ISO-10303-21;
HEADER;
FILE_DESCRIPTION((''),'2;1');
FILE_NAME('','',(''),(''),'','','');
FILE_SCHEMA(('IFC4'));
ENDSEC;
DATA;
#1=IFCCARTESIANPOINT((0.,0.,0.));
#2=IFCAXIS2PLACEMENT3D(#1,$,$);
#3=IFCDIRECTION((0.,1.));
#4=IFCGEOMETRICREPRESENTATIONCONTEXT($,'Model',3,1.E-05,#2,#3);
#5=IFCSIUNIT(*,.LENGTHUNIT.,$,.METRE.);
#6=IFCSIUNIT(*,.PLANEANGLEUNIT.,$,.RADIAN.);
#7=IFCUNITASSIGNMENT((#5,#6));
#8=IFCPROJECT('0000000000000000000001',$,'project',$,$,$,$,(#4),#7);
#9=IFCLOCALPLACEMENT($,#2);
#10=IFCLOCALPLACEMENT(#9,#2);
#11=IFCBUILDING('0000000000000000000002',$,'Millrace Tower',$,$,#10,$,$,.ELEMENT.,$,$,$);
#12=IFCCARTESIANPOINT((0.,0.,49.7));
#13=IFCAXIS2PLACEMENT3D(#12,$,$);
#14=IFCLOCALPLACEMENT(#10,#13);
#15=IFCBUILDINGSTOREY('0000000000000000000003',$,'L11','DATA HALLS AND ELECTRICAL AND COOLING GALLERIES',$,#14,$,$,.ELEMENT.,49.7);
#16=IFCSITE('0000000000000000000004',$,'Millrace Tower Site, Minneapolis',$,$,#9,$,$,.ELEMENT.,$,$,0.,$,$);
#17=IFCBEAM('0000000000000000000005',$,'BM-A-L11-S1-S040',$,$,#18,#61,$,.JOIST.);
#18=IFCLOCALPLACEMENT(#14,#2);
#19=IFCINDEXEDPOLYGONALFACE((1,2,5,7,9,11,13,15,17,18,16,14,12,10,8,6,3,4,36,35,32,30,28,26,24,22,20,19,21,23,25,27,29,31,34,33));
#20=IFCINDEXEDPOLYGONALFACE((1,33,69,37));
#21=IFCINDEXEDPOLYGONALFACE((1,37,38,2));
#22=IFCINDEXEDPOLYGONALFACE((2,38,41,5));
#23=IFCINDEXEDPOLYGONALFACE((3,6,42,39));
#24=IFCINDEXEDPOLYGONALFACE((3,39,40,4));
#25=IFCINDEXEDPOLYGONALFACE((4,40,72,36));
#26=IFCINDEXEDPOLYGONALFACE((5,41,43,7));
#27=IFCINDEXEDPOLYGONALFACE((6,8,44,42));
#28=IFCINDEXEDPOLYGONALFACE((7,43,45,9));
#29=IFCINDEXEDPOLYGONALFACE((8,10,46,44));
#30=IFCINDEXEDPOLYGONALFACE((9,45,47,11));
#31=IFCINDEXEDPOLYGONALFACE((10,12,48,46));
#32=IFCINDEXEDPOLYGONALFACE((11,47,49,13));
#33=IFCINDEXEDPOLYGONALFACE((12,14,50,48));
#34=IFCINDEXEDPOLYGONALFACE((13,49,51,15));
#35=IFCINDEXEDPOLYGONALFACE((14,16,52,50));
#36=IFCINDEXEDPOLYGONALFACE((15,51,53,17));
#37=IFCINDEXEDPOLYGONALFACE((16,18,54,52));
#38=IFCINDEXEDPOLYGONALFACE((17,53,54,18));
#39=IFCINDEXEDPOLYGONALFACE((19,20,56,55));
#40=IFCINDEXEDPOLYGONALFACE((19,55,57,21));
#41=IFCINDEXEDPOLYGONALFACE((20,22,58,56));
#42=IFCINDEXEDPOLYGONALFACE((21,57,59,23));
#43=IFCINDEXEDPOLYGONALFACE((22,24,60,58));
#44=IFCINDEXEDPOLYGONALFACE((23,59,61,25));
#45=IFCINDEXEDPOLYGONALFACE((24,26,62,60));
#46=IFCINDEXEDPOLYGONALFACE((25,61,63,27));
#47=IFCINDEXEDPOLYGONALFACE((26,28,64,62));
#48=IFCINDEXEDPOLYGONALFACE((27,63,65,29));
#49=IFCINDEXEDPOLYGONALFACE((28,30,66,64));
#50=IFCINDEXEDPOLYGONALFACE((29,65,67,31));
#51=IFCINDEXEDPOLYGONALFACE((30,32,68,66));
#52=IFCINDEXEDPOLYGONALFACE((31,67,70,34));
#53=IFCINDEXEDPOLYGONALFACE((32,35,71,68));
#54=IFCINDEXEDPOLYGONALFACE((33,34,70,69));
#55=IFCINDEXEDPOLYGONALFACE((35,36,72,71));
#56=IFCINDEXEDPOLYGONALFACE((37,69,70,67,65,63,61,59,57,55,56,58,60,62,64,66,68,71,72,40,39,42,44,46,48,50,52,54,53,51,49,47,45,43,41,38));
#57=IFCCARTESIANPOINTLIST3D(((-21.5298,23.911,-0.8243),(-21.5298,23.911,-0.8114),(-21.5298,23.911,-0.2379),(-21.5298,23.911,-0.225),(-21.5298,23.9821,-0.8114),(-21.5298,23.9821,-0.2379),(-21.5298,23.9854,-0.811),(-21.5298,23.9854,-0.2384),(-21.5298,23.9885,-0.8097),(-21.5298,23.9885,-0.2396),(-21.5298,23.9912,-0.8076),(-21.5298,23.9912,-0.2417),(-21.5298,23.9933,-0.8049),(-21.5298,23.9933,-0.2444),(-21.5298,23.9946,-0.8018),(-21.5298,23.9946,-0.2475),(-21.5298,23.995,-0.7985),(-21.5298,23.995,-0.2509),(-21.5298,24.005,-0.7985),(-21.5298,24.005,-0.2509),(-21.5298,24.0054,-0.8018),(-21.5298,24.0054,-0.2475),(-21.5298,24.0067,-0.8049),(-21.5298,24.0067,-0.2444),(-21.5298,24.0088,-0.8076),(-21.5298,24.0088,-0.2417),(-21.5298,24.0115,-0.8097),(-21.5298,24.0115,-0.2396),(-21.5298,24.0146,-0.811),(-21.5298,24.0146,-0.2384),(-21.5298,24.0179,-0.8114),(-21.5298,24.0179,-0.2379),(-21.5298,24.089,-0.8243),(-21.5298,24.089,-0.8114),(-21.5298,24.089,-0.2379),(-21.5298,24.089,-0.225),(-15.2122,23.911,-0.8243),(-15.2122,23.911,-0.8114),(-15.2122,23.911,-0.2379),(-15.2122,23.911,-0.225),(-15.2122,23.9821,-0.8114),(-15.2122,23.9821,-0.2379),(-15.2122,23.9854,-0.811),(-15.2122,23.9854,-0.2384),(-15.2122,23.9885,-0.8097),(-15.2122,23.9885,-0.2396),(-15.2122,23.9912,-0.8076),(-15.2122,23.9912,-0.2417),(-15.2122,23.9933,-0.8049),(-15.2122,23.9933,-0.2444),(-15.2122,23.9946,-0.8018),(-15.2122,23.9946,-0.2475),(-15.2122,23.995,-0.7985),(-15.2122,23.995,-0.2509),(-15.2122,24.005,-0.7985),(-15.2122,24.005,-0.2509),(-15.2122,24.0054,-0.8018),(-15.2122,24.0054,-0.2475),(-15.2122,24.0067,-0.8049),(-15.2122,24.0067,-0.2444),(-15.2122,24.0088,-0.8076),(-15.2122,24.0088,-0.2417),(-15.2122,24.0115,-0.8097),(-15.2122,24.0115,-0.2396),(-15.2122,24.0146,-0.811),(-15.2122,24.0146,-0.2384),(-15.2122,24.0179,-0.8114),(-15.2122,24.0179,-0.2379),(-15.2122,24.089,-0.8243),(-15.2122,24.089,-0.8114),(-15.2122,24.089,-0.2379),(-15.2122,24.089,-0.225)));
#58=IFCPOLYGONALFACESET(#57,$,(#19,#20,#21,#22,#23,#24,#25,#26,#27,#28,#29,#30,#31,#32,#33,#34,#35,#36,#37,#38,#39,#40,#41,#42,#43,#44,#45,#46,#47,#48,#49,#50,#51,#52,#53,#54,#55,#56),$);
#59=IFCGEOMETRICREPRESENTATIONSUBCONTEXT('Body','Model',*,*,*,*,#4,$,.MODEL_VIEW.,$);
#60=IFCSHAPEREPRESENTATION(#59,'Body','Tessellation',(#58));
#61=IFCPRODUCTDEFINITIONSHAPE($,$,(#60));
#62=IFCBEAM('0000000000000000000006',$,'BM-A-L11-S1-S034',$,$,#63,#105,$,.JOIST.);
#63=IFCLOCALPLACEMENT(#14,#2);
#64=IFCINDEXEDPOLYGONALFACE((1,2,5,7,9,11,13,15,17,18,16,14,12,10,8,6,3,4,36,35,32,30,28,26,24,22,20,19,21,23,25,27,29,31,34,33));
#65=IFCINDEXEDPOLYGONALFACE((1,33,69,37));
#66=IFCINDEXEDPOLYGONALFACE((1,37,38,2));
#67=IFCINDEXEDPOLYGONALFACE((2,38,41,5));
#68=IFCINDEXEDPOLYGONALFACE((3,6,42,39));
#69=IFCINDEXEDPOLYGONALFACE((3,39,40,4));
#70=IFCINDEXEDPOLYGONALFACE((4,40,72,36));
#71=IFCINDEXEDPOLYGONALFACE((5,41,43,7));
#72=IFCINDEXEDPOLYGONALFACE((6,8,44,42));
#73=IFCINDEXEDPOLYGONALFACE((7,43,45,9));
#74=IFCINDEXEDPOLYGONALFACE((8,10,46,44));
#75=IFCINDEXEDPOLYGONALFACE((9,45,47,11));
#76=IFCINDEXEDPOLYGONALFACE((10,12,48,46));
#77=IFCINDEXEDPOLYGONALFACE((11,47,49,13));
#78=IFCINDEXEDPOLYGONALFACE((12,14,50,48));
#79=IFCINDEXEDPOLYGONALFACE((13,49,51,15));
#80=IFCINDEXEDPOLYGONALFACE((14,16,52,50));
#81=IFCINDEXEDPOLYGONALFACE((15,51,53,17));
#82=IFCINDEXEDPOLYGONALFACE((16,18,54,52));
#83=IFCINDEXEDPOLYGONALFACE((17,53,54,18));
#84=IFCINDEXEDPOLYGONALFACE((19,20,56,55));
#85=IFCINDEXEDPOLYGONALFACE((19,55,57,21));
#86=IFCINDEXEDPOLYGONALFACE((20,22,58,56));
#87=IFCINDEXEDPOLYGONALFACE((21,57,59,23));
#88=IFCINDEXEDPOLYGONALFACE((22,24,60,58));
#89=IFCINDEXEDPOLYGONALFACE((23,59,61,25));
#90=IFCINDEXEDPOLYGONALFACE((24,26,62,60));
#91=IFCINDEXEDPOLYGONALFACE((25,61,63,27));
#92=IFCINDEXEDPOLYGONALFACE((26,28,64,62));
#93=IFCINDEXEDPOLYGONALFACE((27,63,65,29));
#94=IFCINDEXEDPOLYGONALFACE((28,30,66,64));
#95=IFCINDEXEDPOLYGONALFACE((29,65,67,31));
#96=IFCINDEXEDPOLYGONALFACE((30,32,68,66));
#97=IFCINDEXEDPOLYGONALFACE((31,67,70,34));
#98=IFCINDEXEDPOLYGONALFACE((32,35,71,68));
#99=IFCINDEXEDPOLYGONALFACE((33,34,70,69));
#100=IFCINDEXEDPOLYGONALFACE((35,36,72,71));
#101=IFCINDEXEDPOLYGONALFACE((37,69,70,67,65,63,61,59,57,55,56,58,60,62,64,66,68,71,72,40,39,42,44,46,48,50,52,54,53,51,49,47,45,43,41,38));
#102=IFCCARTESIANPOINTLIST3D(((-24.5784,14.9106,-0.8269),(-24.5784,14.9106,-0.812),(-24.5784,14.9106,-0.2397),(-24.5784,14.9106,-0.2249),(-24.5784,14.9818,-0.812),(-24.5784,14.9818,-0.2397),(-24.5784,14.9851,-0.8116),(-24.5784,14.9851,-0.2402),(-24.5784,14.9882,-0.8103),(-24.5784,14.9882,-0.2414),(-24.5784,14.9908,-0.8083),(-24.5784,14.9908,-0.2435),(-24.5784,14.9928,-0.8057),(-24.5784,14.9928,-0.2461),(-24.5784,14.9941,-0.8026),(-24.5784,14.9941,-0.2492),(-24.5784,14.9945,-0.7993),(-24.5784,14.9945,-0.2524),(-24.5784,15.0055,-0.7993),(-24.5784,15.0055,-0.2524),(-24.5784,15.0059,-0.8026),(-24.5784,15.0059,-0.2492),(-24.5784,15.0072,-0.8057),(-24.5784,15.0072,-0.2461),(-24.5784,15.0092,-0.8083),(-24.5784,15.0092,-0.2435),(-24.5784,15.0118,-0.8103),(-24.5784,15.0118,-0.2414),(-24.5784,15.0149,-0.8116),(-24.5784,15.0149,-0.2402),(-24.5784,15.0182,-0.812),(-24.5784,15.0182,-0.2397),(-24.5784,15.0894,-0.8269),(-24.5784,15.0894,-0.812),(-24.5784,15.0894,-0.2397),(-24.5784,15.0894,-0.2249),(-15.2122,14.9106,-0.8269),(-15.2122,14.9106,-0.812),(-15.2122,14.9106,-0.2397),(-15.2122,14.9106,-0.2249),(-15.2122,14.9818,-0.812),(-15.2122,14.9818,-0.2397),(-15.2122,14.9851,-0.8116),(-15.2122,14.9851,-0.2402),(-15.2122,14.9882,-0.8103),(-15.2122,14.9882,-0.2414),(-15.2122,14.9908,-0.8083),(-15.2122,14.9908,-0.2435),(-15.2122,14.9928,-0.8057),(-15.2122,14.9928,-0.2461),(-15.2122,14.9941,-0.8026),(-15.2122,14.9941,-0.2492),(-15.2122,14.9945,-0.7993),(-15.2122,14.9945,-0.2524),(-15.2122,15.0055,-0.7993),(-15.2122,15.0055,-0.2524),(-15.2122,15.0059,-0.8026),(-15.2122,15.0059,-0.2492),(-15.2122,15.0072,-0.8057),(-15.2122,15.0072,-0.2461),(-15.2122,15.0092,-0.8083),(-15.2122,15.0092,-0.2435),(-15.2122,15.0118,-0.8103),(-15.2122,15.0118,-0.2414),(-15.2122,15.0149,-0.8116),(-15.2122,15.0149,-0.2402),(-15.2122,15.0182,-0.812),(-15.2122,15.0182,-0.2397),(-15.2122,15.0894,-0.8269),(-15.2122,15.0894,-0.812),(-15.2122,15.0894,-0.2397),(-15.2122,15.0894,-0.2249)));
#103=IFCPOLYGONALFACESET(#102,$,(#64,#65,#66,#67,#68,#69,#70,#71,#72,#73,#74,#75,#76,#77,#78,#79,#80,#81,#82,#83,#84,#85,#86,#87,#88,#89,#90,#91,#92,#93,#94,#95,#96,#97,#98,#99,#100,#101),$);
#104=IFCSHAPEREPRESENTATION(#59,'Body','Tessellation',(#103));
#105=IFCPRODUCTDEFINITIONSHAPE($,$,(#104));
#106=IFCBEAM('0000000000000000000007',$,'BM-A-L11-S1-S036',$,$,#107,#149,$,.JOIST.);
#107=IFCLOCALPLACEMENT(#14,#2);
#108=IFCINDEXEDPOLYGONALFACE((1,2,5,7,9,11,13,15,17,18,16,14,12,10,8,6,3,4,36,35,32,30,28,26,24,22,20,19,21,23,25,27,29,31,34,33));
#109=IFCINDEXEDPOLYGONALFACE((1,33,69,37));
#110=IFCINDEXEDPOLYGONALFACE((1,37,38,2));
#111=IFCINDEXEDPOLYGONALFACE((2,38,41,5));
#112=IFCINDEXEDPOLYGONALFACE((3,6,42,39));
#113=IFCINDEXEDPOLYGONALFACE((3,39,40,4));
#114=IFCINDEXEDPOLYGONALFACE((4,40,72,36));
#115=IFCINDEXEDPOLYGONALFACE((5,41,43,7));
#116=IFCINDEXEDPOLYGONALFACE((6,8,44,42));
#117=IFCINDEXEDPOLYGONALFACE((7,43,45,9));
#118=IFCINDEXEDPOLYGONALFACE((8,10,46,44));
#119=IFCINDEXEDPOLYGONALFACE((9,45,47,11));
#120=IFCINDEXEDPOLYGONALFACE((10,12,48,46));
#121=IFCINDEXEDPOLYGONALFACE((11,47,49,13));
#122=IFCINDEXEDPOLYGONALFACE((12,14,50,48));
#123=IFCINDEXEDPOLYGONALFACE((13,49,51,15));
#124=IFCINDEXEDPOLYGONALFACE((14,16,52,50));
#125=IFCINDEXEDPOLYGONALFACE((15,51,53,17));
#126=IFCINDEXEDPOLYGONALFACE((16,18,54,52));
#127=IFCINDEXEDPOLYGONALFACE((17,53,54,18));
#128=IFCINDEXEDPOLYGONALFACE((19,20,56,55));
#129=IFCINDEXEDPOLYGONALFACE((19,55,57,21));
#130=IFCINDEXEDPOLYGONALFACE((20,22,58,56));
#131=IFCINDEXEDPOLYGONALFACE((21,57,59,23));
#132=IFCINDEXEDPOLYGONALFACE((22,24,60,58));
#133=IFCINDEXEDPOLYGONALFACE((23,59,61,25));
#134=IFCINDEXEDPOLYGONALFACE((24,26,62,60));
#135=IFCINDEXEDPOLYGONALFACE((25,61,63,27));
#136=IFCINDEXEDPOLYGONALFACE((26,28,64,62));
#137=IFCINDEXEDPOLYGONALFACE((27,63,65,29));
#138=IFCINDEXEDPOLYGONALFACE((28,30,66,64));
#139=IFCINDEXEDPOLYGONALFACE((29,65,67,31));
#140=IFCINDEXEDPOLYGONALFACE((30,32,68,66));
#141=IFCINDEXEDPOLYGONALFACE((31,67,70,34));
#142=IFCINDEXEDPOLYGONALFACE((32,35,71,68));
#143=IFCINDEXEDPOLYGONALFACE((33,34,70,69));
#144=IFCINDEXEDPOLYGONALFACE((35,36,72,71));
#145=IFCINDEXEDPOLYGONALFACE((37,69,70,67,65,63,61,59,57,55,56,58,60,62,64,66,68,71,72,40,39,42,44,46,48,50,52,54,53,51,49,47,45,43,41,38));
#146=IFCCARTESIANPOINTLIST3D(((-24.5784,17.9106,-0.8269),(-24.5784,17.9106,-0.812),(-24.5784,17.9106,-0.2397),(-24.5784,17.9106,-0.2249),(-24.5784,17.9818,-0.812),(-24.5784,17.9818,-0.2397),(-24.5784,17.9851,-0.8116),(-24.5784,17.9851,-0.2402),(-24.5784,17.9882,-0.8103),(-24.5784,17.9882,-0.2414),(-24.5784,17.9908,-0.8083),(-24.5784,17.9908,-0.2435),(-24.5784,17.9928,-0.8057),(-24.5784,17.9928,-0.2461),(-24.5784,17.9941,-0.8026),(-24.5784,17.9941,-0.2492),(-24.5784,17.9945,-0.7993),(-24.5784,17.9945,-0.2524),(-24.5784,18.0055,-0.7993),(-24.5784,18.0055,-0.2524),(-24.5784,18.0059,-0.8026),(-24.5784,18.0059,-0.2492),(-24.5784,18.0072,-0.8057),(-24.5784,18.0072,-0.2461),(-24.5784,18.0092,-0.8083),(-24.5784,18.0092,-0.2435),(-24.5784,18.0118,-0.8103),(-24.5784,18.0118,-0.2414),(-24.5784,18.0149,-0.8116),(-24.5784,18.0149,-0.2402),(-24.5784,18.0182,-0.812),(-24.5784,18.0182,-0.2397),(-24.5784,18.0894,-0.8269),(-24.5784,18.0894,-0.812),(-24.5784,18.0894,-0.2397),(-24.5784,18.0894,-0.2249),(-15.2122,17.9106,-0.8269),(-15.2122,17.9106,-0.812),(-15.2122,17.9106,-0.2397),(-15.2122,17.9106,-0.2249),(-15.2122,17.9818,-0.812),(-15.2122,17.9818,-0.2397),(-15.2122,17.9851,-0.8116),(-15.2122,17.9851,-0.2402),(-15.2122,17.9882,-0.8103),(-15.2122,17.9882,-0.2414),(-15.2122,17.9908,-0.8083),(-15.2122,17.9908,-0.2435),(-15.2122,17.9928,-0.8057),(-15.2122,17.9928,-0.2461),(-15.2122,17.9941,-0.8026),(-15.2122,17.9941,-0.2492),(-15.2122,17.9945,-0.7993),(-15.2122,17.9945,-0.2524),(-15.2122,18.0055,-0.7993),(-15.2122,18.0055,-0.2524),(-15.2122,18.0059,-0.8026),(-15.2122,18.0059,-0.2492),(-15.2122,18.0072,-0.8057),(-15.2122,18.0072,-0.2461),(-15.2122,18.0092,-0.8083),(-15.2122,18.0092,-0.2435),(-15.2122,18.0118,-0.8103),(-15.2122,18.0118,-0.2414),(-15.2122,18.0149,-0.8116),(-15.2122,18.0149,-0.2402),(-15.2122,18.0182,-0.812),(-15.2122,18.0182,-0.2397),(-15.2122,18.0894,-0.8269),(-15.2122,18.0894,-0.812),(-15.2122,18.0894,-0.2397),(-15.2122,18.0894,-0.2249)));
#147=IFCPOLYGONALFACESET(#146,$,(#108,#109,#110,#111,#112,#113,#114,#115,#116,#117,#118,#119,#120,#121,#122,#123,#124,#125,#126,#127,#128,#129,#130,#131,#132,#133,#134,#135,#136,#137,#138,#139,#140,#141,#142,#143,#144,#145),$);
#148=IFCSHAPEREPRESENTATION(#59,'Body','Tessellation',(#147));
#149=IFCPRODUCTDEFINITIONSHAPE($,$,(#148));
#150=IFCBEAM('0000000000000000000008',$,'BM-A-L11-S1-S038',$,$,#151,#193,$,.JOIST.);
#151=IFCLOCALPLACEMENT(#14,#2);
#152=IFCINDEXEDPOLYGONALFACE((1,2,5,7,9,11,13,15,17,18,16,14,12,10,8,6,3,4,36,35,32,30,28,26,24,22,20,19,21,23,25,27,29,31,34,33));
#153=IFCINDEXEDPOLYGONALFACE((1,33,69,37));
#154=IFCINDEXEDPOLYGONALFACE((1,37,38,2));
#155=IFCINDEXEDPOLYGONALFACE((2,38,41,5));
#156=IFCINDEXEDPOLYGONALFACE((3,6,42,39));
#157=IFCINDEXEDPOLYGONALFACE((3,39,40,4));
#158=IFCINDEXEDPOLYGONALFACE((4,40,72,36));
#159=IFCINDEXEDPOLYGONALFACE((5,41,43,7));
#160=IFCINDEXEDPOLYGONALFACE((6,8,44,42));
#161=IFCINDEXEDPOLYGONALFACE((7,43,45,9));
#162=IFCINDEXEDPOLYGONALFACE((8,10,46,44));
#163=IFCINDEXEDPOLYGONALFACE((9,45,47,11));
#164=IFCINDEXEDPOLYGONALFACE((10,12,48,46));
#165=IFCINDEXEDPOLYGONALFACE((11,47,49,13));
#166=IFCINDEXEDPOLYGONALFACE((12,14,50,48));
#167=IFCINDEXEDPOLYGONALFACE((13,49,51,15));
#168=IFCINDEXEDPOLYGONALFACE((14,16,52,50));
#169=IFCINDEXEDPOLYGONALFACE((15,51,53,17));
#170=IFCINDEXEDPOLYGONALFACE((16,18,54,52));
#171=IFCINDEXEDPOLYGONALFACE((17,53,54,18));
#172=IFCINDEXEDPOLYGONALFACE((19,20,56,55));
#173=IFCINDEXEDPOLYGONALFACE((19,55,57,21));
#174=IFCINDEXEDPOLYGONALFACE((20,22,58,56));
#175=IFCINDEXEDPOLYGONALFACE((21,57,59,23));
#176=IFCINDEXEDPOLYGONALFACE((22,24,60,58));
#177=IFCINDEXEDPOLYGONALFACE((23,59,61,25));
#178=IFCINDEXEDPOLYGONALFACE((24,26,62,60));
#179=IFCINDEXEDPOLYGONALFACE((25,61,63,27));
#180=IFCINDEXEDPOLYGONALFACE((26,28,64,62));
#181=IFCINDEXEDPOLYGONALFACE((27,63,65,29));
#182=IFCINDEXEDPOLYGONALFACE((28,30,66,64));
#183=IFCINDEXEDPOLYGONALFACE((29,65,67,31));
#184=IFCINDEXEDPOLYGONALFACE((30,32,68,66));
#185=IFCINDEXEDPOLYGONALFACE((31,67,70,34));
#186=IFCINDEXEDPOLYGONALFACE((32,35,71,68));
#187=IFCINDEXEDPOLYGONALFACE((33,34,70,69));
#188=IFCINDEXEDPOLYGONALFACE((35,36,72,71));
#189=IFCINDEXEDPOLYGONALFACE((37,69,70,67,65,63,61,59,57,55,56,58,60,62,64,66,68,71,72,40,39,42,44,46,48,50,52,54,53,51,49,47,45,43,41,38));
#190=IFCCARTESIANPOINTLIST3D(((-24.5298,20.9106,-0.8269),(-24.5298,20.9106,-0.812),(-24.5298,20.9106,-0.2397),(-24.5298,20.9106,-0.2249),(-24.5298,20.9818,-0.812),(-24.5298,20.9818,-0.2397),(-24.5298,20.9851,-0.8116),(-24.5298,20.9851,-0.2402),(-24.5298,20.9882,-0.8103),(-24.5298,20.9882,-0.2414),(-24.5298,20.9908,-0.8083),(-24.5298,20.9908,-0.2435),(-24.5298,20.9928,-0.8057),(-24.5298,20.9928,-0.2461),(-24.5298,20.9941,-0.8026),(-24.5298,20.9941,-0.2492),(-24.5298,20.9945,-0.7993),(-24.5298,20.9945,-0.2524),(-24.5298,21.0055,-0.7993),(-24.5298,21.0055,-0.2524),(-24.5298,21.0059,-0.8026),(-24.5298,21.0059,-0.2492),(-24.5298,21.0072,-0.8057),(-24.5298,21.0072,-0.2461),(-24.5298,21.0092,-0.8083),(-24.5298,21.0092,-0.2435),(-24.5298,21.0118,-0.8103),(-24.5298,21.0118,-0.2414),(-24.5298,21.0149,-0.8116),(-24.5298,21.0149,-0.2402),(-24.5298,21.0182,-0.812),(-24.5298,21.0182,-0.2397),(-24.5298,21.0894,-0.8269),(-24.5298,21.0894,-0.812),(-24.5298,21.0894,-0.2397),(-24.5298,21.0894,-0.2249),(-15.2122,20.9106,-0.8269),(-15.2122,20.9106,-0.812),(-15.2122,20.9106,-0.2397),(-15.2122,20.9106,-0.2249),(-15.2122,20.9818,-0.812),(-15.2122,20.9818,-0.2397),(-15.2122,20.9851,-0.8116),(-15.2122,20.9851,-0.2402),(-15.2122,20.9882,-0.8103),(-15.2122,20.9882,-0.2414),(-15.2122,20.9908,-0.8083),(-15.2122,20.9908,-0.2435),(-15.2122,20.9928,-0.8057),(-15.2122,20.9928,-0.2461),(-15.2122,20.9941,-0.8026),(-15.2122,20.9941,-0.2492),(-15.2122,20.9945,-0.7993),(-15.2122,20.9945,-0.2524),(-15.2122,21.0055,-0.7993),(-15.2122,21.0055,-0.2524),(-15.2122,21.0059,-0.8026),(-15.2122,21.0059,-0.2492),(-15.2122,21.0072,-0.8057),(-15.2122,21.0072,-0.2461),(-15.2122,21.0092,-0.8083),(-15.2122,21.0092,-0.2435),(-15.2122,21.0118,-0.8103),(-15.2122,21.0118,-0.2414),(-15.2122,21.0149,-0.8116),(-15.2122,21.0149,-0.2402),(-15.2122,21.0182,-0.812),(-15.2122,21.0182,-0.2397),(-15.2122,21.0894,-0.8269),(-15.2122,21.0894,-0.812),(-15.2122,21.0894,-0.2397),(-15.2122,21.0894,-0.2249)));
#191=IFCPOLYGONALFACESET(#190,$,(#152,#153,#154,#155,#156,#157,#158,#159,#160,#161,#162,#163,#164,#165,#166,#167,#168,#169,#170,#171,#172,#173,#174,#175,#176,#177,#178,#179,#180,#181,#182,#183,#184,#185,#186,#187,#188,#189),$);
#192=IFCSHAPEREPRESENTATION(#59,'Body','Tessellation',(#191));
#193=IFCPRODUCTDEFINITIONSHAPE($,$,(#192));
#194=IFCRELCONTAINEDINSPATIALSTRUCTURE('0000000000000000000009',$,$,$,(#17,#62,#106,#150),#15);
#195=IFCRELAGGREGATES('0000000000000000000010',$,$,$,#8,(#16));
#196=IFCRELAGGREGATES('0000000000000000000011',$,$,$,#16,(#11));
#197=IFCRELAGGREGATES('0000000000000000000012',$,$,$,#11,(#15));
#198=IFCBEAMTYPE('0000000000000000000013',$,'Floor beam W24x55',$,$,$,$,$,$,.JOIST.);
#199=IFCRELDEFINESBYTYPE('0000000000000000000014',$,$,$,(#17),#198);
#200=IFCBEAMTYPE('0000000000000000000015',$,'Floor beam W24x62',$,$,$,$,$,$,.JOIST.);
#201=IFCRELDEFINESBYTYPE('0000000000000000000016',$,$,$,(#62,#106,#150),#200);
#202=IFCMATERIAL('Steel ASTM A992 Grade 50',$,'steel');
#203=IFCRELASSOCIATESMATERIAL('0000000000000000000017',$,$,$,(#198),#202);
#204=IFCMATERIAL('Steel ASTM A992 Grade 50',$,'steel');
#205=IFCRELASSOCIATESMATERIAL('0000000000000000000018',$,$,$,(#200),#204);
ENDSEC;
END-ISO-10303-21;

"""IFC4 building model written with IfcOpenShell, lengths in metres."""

from ifc_helpers import new_model, si_unit, direction, frame, origin, origin_2d, place, context, subcontext, project, spatial, i_section, extrude, material, material_profile, profile_set, type_object, element, save


model = new_model("IFC4")

# Units and contexts
model_context = context("Model", 3, precision=1e-05, world=origin(), true_north=direction((0.0, 1.0)))
body_context = subcontext(model_context, "Body", "Model", "MODEL_VIEW")
ifc_project = project(units=[si_unit("LENGTHUNIT", "METRE"), si_unit("PLANEANGLEUNIT", "RADIAN")], contexts=[model_context])

# Site, building, storey
site_placement = place(None, origin())
site = spatial("IfcSite", under=ifc_project, at=site_placement, Name="Millrace Tower Site, Minneapolis", CompositionType="ELEMENT", RefElevation=0.0)
building_placement = place(site_placement, origin())
building = spatial("IfcBuilding", under=site, at=building_placement, Name="Millrace Tower", CompositionType="ELEMENT")
storey_placement = place(building_placement, frame((0.0, 0.0, 49.7)))
storey = spatial("IfcBuildingStorey", under=building, at=storey_placement, Name="L11", Description="DATA HALLS AND ELECTRICAL AND COOLING GALLERIES", CompositionType="ELEMENT", Elevation=49.7)

# Beams
ifc_material_1 = material(Name="Steel ASTM A992 Grade 50", Category="steel")
ifc_material_profile_1 = material_profile(ifc_material_1, i_section(OverallWidth=0.178, OverallDepth=0.5994, WebThickness=0.01, FlangeThickness=0.0129, FilletRadius=0.0129, at=origin_2d()))
ifc_profile_set_1 = profile_set([ifc_material_profile_1], Name="Steel ASTM A992 Grade 50")
beam_type_1 = type_object("IfcBeamType", Name="Floor beam W24x55", PredefinedType="JOIST", material=ifc_profile_set_1)
beam_1_placement = place(storey_placement, frame((-21.5298, 24.0, -0.5247), z_axis=(1.0, 0.0, 0.0), x_axis=(0.0, 1.0, 0.0)))
element("IfcBeam", 1, at=beam_1_placement, inside=storey, type_object=beam_type_1, Name="BM-A-L11-S1-S040", PredefinedType="JOIST", context=body_context, shape_type="SweptSolid", body=[
    extrude(i_section(OverallWidth=0.178, OverallDepth=0.5994, WebThickness=0.01, FlangeThickness=0.0129, FilletRadius=0.0129, at=origin_2d()), origin(), (0.0, 0.0, 1.0), 6.3176),
])
ifc_material_2 = material(Name="Steel ASTM A992 Grade 50", Category="steel")
ifc_material_profile_2 = material_profile(ifc_material_2, i_section(OverallWidth=0.1787, OverallDepth=0.6021, WebThickness=0.011, FlangeThickness=0.0149, FilletRadius=0.0127, at=origin_2d()))
ifc_profile_set_2 = profile_set([ifc_material_profile_2], Name="Steel ASTM A992 Grade 50")
beam_type_2 = type_object("IfcBeamType", Name="Floor beam W24x62", PredefinedType="JOIST", material=ifc_profile_set_2)
for number, where, z_axis, x_axis, name in (
    (2, (-24.5784, 15.0, -0.5259), (1.0, 0.0, 0.0), (0.0, 1.0, 0.0), "BM-A-L11-S1-S034"),
    (3, (-24.5784, 18.0, -0.5259), (1.0, 0.0, 0.0), (0.0, 1.0, 0.0), "BM-A-L11-S1-S036"),
):
    element("IfcBeam", number, at=place(storey_placement, frame(where, z_axis=z_axis, x_axis=x_axis)), inside=storey, type_object=beam_type_2, Name=name, PredefinedType="JOIST", context=body_context, shape_type="SweptSolid", body=[
        extrude(i_section(OverallWidth=0.1787, OverallDepth=0.6021, WebThickness=0.011, FlangeThickness=0.0149, FilletRadius=0.0127, at=origin_2d()), origin(), (0.0, 0.0, 1.0), 9.3662),
    ])
beam_2_placement = place(storey_placement, frame((-24.5298, 21.0, -0.5259), z_axis=(1.0, 0.0, 0.0), x_axis=(0.0, 1.0, 0.0)))
element("IfcBeam", 4, at=beam_2_placement, inside=storey, type_object=beam_type_2, Name="BM-A-L11-S1-S038", PredefinedType="JOIST", context=body_context, shape_type="SweptSolid", body=[
    extrude(i_section(OverallWidth=0.1787, OverallDepth=0.6021, WebThickness=0.011, FlangeThickness=0.0149, FilletRadius=0.0127, at=origin_2d()), origin(), (0.0, 0.0, 1.0), 9.3176),
])

save(model, "model.ifc")
